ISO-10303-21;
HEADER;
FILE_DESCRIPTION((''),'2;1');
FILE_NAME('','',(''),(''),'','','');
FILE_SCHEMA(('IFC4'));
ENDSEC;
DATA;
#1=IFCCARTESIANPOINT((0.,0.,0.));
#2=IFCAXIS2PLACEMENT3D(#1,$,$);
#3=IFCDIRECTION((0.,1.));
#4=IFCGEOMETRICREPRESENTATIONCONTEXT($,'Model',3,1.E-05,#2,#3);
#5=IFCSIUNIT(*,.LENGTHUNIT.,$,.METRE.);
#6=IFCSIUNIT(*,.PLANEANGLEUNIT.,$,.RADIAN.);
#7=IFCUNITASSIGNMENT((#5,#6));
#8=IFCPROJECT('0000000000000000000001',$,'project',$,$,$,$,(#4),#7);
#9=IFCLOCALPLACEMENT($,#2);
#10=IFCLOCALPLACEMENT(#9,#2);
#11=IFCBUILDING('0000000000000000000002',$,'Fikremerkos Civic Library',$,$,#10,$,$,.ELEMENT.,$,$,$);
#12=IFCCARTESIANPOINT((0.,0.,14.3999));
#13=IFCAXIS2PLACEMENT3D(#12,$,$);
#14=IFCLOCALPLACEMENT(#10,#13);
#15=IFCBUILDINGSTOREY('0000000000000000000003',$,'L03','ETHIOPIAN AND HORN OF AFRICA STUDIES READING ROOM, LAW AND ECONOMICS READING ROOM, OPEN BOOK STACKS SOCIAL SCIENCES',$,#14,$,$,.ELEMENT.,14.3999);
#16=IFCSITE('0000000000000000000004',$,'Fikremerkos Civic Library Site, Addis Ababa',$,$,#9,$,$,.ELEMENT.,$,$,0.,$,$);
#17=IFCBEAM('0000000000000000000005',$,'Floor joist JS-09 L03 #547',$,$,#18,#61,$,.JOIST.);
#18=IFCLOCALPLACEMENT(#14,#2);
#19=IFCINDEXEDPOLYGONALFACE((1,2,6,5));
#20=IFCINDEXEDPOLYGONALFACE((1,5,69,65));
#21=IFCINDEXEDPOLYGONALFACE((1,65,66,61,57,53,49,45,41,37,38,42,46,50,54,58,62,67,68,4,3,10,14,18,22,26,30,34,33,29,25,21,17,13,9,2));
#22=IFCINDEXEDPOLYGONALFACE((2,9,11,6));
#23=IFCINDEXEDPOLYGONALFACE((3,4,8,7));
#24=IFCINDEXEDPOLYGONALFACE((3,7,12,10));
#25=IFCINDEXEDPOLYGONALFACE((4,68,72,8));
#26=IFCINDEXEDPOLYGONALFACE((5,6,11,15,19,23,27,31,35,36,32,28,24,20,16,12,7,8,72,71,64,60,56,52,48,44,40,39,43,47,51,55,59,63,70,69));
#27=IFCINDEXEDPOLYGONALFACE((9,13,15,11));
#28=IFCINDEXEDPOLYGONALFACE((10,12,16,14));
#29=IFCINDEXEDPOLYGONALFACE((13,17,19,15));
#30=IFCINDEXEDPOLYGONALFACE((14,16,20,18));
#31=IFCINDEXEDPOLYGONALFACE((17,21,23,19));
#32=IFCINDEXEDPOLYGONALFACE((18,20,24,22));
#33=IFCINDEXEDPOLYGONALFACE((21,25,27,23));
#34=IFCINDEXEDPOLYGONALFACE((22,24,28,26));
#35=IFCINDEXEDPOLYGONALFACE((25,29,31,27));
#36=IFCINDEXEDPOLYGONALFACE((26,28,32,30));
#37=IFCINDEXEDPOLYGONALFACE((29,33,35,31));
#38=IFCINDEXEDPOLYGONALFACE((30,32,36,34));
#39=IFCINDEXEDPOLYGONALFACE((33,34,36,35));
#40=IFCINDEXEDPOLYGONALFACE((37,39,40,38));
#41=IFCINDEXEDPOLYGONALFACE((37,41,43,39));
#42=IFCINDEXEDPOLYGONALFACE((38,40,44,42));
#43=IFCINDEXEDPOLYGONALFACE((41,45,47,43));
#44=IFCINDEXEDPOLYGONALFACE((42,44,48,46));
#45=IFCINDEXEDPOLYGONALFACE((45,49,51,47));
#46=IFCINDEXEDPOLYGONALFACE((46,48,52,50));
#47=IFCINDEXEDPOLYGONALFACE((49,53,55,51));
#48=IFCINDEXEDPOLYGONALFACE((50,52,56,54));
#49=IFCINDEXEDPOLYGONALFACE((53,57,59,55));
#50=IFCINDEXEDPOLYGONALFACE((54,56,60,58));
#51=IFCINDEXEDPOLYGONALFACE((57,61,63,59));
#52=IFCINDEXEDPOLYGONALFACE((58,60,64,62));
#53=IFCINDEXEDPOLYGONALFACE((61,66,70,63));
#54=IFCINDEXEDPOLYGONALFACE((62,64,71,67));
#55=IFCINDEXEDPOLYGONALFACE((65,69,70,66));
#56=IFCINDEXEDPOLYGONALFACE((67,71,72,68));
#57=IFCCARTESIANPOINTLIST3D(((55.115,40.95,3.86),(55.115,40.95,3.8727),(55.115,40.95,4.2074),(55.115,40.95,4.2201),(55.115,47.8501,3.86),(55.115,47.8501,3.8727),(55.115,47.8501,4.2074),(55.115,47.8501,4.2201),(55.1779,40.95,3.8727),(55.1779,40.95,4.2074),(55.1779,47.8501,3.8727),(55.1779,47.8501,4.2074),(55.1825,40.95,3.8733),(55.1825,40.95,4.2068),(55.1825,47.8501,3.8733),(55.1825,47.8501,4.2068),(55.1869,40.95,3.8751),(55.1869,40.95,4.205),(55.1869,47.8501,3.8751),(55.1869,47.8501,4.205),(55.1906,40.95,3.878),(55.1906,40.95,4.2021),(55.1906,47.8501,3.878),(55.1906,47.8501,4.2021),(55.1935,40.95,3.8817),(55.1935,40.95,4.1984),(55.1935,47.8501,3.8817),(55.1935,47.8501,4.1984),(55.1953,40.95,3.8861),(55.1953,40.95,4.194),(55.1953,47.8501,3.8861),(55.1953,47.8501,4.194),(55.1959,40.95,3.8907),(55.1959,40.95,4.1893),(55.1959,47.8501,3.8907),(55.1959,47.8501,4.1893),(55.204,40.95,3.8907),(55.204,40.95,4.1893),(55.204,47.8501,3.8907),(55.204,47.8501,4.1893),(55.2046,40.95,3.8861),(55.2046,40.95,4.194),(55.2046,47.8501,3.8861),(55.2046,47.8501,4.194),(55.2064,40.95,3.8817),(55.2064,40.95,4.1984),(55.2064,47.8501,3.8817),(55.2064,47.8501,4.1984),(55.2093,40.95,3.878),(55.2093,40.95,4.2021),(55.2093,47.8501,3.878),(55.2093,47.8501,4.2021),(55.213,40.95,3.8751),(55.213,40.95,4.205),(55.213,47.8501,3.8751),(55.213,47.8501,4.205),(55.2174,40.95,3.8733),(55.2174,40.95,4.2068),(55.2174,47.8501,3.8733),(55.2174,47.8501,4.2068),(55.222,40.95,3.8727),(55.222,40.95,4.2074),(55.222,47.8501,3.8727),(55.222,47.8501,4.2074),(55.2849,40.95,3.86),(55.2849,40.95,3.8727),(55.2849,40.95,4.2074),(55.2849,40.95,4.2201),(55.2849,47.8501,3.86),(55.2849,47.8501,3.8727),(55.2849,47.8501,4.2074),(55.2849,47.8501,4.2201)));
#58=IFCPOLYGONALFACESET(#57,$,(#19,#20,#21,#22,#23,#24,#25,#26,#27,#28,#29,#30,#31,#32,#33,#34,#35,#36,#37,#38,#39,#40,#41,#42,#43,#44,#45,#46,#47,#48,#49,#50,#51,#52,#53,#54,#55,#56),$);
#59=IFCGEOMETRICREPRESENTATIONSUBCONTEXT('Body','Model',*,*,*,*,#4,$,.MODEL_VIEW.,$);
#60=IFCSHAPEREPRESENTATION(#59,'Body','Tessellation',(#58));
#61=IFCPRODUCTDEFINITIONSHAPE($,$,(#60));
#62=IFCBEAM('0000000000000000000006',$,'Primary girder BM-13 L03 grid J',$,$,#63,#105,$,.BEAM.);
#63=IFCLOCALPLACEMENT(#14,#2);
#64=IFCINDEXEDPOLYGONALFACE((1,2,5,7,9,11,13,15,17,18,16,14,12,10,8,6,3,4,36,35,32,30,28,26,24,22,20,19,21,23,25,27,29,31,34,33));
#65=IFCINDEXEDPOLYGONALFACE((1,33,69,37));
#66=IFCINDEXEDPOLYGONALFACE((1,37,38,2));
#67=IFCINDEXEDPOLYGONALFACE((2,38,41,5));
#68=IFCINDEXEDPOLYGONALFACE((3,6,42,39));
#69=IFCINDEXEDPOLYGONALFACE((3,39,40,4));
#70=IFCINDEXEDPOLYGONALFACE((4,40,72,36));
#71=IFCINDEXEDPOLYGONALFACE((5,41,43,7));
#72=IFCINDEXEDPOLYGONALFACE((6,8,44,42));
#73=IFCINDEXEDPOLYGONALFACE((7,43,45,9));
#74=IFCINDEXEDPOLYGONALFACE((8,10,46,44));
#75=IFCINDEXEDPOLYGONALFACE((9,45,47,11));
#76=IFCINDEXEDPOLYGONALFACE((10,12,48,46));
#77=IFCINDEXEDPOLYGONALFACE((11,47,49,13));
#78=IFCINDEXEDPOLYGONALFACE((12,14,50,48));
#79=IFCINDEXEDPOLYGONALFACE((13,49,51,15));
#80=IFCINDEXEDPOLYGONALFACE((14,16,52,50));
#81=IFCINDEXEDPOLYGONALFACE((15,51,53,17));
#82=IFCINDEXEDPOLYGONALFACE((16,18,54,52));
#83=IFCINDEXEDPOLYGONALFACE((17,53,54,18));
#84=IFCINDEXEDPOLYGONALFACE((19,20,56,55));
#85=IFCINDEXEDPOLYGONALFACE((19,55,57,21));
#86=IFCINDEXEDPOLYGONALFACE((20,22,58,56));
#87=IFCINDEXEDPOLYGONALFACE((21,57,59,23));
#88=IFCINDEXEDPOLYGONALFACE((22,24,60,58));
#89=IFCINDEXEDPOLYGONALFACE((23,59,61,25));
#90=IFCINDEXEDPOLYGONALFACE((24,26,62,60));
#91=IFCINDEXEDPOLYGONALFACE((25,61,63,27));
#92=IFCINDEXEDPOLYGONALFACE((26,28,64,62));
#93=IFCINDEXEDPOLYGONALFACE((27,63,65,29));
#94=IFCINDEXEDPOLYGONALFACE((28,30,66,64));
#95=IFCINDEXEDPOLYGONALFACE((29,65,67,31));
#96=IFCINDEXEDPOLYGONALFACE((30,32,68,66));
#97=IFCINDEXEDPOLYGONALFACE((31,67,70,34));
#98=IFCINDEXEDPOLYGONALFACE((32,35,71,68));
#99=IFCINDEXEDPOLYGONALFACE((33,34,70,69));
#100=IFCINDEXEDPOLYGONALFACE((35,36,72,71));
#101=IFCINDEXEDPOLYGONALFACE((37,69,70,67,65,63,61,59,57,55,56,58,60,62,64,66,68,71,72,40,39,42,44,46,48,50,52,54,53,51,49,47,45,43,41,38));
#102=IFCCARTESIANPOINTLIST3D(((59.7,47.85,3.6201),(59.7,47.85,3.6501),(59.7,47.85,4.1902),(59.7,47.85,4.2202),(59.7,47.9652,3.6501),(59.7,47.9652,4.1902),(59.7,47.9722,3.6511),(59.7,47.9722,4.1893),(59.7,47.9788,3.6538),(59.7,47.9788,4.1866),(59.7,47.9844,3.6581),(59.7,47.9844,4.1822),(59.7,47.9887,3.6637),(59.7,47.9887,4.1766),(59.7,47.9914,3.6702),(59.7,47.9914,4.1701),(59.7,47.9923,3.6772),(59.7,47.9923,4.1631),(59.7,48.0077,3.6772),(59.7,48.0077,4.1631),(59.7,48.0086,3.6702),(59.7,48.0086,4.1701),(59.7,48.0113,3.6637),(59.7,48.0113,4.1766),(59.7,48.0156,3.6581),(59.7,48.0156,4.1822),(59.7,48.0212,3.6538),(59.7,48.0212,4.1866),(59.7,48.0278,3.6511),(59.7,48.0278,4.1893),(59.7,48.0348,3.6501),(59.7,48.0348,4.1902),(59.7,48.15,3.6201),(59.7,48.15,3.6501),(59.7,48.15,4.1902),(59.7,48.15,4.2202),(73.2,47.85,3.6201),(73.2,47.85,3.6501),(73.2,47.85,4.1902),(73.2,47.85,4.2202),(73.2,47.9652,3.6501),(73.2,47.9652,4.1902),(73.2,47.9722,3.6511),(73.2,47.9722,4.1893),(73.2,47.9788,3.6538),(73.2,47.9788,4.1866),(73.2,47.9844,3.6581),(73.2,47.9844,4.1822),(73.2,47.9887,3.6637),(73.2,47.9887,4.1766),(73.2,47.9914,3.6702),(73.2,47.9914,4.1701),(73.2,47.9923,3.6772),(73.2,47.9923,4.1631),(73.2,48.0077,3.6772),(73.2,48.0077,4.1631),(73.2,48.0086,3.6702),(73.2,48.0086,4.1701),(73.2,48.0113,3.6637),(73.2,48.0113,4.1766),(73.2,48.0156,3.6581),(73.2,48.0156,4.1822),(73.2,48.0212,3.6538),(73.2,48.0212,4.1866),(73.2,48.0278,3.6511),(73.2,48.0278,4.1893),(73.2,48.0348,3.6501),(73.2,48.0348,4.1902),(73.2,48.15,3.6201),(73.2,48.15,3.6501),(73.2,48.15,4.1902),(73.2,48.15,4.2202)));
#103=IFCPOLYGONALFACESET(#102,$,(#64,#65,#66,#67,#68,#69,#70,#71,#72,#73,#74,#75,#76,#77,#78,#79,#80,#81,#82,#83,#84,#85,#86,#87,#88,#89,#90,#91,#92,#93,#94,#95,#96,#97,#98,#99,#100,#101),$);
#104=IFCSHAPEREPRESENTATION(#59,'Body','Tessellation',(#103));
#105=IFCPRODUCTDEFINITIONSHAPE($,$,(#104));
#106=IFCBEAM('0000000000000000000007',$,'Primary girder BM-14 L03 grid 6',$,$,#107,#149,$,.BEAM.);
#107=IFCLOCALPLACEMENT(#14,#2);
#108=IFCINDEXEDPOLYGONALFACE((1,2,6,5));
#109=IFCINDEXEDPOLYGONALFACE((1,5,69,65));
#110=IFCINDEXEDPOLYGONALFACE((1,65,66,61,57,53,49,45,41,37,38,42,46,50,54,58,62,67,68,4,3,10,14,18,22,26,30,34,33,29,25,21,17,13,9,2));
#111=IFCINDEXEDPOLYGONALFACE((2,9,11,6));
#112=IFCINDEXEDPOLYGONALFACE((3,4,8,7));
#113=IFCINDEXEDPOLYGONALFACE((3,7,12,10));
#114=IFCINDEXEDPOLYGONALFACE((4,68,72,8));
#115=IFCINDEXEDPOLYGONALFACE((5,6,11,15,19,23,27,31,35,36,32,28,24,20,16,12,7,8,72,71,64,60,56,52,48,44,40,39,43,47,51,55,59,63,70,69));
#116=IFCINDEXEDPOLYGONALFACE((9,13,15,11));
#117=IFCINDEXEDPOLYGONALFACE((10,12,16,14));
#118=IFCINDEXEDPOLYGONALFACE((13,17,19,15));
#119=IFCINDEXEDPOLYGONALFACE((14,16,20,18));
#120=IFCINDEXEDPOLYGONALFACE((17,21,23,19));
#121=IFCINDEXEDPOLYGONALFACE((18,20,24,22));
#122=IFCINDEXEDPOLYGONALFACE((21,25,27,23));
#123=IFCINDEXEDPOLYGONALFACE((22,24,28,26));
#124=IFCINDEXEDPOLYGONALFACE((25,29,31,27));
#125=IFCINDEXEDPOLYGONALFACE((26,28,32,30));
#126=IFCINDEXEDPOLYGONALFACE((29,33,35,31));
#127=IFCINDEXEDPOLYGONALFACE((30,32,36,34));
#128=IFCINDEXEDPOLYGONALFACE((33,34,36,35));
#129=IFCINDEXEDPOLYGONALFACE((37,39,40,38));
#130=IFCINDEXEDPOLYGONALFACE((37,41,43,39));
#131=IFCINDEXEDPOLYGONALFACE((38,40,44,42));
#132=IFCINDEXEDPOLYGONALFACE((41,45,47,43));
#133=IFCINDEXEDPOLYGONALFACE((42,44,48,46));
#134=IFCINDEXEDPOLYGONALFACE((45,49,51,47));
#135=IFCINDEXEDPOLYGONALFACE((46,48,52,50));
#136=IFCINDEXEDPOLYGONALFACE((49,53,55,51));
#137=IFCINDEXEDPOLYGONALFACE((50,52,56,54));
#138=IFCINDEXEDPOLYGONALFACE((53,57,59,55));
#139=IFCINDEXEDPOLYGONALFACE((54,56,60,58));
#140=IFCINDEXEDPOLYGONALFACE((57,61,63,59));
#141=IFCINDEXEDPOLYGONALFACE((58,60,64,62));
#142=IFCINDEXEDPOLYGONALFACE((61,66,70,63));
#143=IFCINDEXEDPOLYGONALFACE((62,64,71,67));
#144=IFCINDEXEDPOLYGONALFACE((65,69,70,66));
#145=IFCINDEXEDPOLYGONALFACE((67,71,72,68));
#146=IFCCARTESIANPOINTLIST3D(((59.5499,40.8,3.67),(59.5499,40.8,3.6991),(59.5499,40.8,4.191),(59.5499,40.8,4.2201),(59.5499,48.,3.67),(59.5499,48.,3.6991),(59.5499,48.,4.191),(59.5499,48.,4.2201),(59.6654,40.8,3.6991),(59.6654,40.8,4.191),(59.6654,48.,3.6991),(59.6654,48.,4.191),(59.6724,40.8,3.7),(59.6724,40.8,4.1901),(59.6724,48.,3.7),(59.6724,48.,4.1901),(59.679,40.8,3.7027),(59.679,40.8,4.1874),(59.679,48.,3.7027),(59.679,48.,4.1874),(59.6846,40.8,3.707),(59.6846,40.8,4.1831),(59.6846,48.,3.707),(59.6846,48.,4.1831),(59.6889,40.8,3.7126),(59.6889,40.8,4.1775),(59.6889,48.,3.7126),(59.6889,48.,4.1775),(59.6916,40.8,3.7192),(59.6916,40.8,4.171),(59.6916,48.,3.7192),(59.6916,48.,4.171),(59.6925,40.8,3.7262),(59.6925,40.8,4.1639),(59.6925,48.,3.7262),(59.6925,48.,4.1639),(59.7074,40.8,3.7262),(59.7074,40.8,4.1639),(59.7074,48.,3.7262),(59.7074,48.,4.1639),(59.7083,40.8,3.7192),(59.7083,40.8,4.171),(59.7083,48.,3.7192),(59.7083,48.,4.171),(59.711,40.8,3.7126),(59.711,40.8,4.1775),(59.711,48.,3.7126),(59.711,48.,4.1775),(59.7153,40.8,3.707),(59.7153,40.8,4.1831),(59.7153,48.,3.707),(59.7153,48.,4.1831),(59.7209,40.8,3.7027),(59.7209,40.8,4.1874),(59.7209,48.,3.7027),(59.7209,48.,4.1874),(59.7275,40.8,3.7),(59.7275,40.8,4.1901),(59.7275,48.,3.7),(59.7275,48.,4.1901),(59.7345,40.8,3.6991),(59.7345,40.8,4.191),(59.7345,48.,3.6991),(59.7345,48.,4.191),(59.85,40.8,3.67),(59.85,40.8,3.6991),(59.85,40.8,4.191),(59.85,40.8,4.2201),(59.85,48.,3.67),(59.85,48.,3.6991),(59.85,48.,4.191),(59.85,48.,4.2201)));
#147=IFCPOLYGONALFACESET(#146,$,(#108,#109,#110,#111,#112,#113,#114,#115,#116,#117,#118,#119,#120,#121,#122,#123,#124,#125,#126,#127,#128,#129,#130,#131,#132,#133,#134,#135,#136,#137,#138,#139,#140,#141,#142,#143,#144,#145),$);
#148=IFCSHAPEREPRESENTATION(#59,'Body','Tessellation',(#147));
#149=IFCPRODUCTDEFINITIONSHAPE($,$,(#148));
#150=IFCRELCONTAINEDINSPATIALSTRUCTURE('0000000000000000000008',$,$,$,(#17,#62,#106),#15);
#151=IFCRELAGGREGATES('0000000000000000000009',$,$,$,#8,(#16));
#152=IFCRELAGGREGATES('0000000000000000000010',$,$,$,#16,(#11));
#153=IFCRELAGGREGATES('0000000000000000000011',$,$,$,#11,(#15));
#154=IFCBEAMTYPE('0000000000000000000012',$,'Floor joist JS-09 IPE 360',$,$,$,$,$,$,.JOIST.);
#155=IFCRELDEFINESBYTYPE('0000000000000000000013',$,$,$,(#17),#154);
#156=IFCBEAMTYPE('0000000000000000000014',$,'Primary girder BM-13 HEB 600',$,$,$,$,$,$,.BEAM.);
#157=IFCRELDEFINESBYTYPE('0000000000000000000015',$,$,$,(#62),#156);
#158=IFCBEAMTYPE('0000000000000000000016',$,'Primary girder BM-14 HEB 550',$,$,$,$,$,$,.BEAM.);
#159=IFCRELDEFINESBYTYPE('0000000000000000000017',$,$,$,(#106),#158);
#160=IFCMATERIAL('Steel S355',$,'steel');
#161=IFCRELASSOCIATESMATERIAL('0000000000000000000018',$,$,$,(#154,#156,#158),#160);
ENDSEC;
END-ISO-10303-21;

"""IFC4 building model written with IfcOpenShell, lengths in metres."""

from ifc_helpers import new_model, si_unit, direction, frame, origin, origin_2d, place, context, subcontext, project, spatial, i_section, extrude, material, material_profile, profile_set, type_object, element, save


model = new_model("IFC4")

# Units and contexts
model_context = context("Model", 3, precision=1e-05, world=origin(), true_north=direction((0.0, 1.0)))
body_context = subcontext(model_context, "Body", "Model", "MODEL_VIEW")
ifc_project = project(units=[si_unit("LENGTHUNIT", "METRE"), si_unit("PLANEANGLEUNIT", "RADIAN")], contexts=[model_context])

# Site, building, storey
site_placement = place(None, origin())
site = spatial("IfcSite", under=ifc_project, at=site_placement, Name="Fikremerkos Civic Library Site, Addis Ababa", CompositionType="ELEMENT", RefElevation=0.0)
building_placement = place(site_placement, origin())
building = spatial("IfcBuilding", under=site, at=building_placement, Name="Fikremerkos Civic Library", CompositionType="ELEMENT")
storey_placement = place(building_placement, frame((0.0, 0.0, 14.3999)))
storey = spatial("IfcBuildingStorey", under=building, at=storey_placement, Name="L03", Description="ETHIOPIAN AND HORN OF AFRICA STUDIES READING ROOM, LAW AND ECONOMICS READING ROOM, OPEN BOOK STACKS SOCIAL SCIENCES", CompositionType="ELEMENT", Elevation=14.3999)

# Beams
ifc_material_1 = material(Name="Steel S355", Category="steel")
ifc_material_profile_1 = material_profile(ifc_material_1, i_section(OverallWidth=0.1699, OverallDepth=0.3601, WebThickness=0.0081, FlangeThickness=0.0127, FilletRadius=0.0181, at=origin_2d()), Name="IPE 360")
ifc_profile_set_1 = profile_set([ifc_material_profile_1], Name="Steel S355")
beam_type_1 = type_object("IfcBeamType", Name="Floor joist JS-09 IPE 360", PredefinedType="JOIST", material=ifc_profile_set_1)
beam_1_placement = place(storey_placement, frame((55.2, 40.95, 4.04), z_axis=(0.0, 1.0, 0.0), x_axis=(-1.0, 0.0, 0.0)))
element("IfcBeam", 1, at=beam_1_placement, inside=storey, type_object=beam_type_1, Name="Floor joist JS-09 L03 #547", PredefinedType="JOIST", context=body_context, shape_type="SweptSolid", body=[
    extrude(i_section(OverallWidth=0.1699, OverallDepth=0.3601, WebThickness=0.0081, FlangeThickness=0.0127, FilletRadius=0.0181, at=origin_2d()), origin(), (0.0, 0.0, 1.0), 6.9001),
])
ifc_material_profile_2 = material_profile(ifc_material_1, i_section(OverallWidth=0.3, OverallDepth=0.6001, WebThickness=0.0154, FlangeThickness=0.03, FilletRadius=0.0271, at=origin_2d()), Name="HEB 600")
ifc_profile_set_2 = profile_set([ifc_material_profile_2], Name="Steel S355")
beam_type_2 = type_object("IfcBeamType", Name="Primary girder BM-13 HEB 600", PredefinedType="BEAM", material=ifc_profile_set_2)
beam_2_placement = place(storey_placement, frame((59.7, 48.0, 3.9202), z_axis=(1.0, 0.0, 0.0), x_axis=(0.0, 1.0, 0.0)))
element("IfcBeam", 2, at=beam_2_placement, inside=storey, type_object=beam_type_2, Name="Primary girder BM-13 L03 grid J", PredefinedType="BEAM", context=body_context, shape_type="SweptSolid", body=[
    extrude(i_section(OverallWidth=0.3, OverallDepth=0.6001, WebThickness=0.0154, FlangeThickness=0.03, FilletRadius=0.0271, at=origin_2d()), origin(), (0.0, 0.0, 1.0), 13.5),
])
ifc_material_profile_3 = material_profile(ifc_material_1, i_section(OverallWidth=0.3, OverallDepth=0.55, WebThickness=0.0149, FlangeThickness=0.0291, FilletRadius=0.0271, at=origin_2d()), Name="HEB 550")
ifc_profile_set_3 = profile_set([ifc_material_profile_3], Name="Steel S355")
beam_type_3 = type_object("IfcBeamType", Name="Primary girder BM-14 HEB 550", PredefinedType="BEAM", material=ifc_profile_set_3)
beam_3_placement = place(storey_placement, frame((59.7, 40.8, 3.9451), z_axis=(0.0, 1.0, 0.0), x_axis=(-1.0, 0.0, 0.0)))
element("IfcBeam", 3, at=beam_3_placement, inside=storey, type_object=beam_type_3, Name="Primary girder BM-14 L03 grid 6", PredefinedType="BEAM", context=body_context, shape_type="SweptSolid", body=[
    extrude(i_section(OverallWidth=0.3, OverallDepth=0.55, WebThickness=0.0149, FlangeThickness=0.0291, FilletRadius=0.0271, at=origin_2d()), origin(), (0.0, 0.0, 1.0), 7.2),
])

save(model, "model.ifc")
